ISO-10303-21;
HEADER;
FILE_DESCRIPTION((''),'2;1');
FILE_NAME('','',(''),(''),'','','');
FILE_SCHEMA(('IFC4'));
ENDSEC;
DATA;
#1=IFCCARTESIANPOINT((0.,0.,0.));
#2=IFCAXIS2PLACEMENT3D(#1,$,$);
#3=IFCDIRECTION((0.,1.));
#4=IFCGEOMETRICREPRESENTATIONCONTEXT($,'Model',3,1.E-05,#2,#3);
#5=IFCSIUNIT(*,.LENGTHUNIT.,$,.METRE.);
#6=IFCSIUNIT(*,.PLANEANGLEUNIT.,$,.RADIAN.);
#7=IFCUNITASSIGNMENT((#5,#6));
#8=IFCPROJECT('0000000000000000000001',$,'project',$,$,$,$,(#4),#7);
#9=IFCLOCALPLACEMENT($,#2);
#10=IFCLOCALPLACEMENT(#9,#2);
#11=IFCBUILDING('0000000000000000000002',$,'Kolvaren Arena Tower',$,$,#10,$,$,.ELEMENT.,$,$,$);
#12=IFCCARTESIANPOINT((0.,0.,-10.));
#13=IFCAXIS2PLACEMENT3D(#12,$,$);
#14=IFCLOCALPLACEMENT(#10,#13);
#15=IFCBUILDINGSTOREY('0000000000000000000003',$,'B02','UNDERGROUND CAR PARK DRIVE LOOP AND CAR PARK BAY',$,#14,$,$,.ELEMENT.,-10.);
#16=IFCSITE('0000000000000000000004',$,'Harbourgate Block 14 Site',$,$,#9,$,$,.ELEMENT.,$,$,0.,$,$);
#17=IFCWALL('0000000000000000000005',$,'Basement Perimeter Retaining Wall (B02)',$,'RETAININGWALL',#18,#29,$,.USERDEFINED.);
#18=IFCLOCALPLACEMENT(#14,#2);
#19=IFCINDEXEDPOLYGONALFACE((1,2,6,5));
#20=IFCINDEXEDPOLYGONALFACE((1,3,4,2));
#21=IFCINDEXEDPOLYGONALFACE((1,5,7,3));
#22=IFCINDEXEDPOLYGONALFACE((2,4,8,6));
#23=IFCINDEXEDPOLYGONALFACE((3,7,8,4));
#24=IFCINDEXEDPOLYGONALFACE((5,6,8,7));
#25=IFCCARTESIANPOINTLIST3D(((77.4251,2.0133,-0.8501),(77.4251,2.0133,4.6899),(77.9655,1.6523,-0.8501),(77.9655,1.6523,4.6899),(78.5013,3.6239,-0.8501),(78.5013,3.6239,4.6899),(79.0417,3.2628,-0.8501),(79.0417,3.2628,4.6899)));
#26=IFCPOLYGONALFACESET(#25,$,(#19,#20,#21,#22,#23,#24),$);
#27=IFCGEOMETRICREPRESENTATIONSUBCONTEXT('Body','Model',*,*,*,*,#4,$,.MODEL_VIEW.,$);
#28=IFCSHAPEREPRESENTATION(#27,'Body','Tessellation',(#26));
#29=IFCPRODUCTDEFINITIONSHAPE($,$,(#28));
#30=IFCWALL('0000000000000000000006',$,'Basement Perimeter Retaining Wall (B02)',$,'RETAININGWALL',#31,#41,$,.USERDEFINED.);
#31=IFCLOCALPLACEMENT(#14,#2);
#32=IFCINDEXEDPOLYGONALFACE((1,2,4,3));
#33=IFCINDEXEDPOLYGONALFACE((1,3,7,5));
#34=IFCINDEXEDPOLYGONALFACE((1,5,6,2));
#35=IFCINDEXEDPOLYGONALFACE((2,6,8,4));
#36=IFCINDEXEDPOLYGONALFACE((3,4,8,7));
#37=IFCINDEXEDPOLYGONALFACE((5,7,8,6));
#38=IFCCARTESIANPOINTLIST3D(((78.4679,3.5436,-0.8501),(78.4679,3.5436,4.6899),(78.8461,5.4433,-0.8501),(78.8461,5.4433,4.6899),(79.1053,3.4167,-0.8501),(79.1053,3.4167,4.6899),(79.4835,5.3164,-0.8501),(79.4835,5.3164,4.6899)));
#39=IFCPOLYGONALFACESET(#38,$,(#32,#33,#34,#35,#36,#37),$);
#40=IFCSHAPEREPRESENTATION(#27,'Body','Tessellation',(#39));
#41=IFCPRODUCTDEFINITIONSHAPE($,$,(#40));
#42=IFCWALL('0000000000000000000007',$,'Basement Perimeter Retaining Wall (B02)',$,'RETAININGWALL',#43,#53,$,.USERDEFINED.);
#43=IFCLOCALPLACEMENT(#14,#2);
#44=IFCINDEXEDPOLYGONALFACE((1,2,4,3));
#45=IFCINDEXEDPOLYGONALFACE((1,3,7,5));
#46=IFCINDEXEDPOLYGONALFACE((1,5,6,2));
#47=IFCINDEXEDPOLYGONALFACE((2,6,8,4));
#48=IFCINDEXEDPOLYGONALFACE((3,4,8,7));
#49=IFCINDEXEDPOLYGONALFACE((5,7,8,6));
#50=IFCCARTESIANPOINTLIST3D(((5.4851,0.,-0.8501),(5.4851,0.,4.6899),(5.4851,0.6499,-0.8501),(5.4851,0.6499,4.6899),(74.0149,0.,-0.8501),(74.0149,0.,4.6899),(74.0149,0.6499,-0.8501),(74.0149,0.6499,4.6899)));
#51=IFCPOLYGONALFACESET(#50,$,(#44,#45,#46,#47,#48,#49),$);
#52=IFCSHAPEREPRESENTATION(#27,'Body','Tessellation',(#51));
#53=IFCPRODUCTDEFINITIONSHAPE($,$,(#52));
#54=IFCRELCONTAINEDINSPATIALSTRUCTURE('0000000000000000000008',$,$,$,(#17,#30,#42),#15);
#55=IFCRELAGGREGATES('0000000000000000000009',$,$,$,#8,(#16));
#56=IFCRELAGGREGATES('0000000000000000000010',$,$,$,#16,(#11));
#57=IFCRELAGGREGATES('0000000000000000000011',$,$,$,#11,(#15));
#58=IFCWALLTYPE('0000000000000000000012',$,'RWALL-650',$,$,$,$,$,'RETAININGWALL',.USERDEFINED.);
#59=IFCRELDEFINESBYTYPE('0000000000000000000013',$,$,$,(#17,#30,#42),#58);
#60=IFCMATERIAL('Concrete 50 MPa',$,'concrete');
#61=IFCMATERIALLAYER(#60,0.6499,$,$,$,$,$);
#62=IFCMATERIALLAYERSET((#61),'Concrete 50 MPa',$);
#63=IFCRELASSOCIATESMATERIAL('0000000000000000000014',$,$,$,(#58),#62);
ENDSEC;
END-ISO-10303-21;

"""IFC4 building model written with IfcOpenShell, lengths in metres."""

from ifc_helpers import new_model, si_unit, direction, frame, frame_2d, origin, place, context, subcontext, project, spatial, rectangle, extrude, material, layer, layer_set, type_object, element, save


model = new_model("IFC4")

# Units and contexts
model_context = context("Model", 3, precision=1e-05, world=origin(), true_north=direction((0.0, 1.0)))
body_context = subcontext(model_context, "Body", "Model", "MODEL_VIEW")
ifc_project = project(units=[si_unit("LENGTHUNIT", "METRE"), si_unit("PLANEANGLEUNIT", "RADIAN")], contexts=[model_context])

# Site, building, storey
site_placement = place(None, origin())
site = spatial("IfcSite", under=ifc_project, at=site_placement, Name="Harbourgate Block 14 Site", CompositionType="ELEMENT", RefElevation=0.0)
building_placement = place(site_placement, origin())
building = spatial("IfcBuilding", under=site, at=building_placement, Name="Kolvaren Arena Tower", CompositionType="ELEMENT")
storey_placement = place(building_placement, frame((0.0, 0.0, -10.0)))
storey = spatial("IfcBuildingStorey", under=building, at=storey_placement, Name="B02", Description="UNDERGROUND CAR PARK DRIVE LOOP AND CAR PARK BAY", CompositionType="ELEMENT", Elevation=-10.0)

# Walls
ifc_material_1 = material(Name="Concrete 50 MPa", Category="concrete")
ifc_layer_1 = layer(ifc_material_1, 0.6499)
ifc_layer_set_1 = layer_set([ifc_layer_1], Name="Concrete 50 MPa")
wall_type = type_object("IfcWallType", Name="RWALL-650", ElementType="RETAININGWALL", PredefinedType="USERDEFINED", material=ifc_layer_set_1)
for number, where, z_axis, x_axis, name in (
    (1, (78.7715, 3.4434, -0.8501), (0.0, 0.0, 1.0), (-0.555572, -0.831468, 0.0), "Basement Perimeter Retaining Wall (B02)"),
    (2, (79.1648, 5.3799, -0.8501), (0.0, 0.0, 1.0), (-0.195243, -0.980755, 0.0), "Basement Perimeter Retaining Wall (B02)"),
):
    element("IfcWall", number, at=place(storey_placement, frame(where, z_axis=z_axis, x_axis=x_axis)), inside=storey, type_object=wall_type, Name=name, ObjectType="RETAININGWALL", PredefinedType="USERDEFINED", context=body_context, shape_type="SweptSolid", body=[
        extrude(rectangle(XDim=1.937, YDim=0.6499, at=frame_2d((0.9685, 0.0))), origin(), (0.0, 0.0, 1.0), 5.54),
    ])
wall_placement = place(storey_placement, frame((74.0149, 0.325, -0.8501), z_axis=(0.0, 0.0, 1.0), x_axis=(-1.0, 0.0, 0.0)))
element("IfcWall", 3, at=wall_placement, inside=storey, type_object=wall_type, Name="Basement Perimeter Retaining Wall (B02)", ObjectType="RETAININGWALL", PredefinedType="USERDEFINED", context=body_context, shape_type="SweptSolid", body=[
    extrude(rectangle(XDim=68.5298, YDim=0.6499, at=frame_2d((34.2649, 0.0))), origin(), (0.0, 0.0, 1.0), 5.54),
])

save(model, "model.ifc")
